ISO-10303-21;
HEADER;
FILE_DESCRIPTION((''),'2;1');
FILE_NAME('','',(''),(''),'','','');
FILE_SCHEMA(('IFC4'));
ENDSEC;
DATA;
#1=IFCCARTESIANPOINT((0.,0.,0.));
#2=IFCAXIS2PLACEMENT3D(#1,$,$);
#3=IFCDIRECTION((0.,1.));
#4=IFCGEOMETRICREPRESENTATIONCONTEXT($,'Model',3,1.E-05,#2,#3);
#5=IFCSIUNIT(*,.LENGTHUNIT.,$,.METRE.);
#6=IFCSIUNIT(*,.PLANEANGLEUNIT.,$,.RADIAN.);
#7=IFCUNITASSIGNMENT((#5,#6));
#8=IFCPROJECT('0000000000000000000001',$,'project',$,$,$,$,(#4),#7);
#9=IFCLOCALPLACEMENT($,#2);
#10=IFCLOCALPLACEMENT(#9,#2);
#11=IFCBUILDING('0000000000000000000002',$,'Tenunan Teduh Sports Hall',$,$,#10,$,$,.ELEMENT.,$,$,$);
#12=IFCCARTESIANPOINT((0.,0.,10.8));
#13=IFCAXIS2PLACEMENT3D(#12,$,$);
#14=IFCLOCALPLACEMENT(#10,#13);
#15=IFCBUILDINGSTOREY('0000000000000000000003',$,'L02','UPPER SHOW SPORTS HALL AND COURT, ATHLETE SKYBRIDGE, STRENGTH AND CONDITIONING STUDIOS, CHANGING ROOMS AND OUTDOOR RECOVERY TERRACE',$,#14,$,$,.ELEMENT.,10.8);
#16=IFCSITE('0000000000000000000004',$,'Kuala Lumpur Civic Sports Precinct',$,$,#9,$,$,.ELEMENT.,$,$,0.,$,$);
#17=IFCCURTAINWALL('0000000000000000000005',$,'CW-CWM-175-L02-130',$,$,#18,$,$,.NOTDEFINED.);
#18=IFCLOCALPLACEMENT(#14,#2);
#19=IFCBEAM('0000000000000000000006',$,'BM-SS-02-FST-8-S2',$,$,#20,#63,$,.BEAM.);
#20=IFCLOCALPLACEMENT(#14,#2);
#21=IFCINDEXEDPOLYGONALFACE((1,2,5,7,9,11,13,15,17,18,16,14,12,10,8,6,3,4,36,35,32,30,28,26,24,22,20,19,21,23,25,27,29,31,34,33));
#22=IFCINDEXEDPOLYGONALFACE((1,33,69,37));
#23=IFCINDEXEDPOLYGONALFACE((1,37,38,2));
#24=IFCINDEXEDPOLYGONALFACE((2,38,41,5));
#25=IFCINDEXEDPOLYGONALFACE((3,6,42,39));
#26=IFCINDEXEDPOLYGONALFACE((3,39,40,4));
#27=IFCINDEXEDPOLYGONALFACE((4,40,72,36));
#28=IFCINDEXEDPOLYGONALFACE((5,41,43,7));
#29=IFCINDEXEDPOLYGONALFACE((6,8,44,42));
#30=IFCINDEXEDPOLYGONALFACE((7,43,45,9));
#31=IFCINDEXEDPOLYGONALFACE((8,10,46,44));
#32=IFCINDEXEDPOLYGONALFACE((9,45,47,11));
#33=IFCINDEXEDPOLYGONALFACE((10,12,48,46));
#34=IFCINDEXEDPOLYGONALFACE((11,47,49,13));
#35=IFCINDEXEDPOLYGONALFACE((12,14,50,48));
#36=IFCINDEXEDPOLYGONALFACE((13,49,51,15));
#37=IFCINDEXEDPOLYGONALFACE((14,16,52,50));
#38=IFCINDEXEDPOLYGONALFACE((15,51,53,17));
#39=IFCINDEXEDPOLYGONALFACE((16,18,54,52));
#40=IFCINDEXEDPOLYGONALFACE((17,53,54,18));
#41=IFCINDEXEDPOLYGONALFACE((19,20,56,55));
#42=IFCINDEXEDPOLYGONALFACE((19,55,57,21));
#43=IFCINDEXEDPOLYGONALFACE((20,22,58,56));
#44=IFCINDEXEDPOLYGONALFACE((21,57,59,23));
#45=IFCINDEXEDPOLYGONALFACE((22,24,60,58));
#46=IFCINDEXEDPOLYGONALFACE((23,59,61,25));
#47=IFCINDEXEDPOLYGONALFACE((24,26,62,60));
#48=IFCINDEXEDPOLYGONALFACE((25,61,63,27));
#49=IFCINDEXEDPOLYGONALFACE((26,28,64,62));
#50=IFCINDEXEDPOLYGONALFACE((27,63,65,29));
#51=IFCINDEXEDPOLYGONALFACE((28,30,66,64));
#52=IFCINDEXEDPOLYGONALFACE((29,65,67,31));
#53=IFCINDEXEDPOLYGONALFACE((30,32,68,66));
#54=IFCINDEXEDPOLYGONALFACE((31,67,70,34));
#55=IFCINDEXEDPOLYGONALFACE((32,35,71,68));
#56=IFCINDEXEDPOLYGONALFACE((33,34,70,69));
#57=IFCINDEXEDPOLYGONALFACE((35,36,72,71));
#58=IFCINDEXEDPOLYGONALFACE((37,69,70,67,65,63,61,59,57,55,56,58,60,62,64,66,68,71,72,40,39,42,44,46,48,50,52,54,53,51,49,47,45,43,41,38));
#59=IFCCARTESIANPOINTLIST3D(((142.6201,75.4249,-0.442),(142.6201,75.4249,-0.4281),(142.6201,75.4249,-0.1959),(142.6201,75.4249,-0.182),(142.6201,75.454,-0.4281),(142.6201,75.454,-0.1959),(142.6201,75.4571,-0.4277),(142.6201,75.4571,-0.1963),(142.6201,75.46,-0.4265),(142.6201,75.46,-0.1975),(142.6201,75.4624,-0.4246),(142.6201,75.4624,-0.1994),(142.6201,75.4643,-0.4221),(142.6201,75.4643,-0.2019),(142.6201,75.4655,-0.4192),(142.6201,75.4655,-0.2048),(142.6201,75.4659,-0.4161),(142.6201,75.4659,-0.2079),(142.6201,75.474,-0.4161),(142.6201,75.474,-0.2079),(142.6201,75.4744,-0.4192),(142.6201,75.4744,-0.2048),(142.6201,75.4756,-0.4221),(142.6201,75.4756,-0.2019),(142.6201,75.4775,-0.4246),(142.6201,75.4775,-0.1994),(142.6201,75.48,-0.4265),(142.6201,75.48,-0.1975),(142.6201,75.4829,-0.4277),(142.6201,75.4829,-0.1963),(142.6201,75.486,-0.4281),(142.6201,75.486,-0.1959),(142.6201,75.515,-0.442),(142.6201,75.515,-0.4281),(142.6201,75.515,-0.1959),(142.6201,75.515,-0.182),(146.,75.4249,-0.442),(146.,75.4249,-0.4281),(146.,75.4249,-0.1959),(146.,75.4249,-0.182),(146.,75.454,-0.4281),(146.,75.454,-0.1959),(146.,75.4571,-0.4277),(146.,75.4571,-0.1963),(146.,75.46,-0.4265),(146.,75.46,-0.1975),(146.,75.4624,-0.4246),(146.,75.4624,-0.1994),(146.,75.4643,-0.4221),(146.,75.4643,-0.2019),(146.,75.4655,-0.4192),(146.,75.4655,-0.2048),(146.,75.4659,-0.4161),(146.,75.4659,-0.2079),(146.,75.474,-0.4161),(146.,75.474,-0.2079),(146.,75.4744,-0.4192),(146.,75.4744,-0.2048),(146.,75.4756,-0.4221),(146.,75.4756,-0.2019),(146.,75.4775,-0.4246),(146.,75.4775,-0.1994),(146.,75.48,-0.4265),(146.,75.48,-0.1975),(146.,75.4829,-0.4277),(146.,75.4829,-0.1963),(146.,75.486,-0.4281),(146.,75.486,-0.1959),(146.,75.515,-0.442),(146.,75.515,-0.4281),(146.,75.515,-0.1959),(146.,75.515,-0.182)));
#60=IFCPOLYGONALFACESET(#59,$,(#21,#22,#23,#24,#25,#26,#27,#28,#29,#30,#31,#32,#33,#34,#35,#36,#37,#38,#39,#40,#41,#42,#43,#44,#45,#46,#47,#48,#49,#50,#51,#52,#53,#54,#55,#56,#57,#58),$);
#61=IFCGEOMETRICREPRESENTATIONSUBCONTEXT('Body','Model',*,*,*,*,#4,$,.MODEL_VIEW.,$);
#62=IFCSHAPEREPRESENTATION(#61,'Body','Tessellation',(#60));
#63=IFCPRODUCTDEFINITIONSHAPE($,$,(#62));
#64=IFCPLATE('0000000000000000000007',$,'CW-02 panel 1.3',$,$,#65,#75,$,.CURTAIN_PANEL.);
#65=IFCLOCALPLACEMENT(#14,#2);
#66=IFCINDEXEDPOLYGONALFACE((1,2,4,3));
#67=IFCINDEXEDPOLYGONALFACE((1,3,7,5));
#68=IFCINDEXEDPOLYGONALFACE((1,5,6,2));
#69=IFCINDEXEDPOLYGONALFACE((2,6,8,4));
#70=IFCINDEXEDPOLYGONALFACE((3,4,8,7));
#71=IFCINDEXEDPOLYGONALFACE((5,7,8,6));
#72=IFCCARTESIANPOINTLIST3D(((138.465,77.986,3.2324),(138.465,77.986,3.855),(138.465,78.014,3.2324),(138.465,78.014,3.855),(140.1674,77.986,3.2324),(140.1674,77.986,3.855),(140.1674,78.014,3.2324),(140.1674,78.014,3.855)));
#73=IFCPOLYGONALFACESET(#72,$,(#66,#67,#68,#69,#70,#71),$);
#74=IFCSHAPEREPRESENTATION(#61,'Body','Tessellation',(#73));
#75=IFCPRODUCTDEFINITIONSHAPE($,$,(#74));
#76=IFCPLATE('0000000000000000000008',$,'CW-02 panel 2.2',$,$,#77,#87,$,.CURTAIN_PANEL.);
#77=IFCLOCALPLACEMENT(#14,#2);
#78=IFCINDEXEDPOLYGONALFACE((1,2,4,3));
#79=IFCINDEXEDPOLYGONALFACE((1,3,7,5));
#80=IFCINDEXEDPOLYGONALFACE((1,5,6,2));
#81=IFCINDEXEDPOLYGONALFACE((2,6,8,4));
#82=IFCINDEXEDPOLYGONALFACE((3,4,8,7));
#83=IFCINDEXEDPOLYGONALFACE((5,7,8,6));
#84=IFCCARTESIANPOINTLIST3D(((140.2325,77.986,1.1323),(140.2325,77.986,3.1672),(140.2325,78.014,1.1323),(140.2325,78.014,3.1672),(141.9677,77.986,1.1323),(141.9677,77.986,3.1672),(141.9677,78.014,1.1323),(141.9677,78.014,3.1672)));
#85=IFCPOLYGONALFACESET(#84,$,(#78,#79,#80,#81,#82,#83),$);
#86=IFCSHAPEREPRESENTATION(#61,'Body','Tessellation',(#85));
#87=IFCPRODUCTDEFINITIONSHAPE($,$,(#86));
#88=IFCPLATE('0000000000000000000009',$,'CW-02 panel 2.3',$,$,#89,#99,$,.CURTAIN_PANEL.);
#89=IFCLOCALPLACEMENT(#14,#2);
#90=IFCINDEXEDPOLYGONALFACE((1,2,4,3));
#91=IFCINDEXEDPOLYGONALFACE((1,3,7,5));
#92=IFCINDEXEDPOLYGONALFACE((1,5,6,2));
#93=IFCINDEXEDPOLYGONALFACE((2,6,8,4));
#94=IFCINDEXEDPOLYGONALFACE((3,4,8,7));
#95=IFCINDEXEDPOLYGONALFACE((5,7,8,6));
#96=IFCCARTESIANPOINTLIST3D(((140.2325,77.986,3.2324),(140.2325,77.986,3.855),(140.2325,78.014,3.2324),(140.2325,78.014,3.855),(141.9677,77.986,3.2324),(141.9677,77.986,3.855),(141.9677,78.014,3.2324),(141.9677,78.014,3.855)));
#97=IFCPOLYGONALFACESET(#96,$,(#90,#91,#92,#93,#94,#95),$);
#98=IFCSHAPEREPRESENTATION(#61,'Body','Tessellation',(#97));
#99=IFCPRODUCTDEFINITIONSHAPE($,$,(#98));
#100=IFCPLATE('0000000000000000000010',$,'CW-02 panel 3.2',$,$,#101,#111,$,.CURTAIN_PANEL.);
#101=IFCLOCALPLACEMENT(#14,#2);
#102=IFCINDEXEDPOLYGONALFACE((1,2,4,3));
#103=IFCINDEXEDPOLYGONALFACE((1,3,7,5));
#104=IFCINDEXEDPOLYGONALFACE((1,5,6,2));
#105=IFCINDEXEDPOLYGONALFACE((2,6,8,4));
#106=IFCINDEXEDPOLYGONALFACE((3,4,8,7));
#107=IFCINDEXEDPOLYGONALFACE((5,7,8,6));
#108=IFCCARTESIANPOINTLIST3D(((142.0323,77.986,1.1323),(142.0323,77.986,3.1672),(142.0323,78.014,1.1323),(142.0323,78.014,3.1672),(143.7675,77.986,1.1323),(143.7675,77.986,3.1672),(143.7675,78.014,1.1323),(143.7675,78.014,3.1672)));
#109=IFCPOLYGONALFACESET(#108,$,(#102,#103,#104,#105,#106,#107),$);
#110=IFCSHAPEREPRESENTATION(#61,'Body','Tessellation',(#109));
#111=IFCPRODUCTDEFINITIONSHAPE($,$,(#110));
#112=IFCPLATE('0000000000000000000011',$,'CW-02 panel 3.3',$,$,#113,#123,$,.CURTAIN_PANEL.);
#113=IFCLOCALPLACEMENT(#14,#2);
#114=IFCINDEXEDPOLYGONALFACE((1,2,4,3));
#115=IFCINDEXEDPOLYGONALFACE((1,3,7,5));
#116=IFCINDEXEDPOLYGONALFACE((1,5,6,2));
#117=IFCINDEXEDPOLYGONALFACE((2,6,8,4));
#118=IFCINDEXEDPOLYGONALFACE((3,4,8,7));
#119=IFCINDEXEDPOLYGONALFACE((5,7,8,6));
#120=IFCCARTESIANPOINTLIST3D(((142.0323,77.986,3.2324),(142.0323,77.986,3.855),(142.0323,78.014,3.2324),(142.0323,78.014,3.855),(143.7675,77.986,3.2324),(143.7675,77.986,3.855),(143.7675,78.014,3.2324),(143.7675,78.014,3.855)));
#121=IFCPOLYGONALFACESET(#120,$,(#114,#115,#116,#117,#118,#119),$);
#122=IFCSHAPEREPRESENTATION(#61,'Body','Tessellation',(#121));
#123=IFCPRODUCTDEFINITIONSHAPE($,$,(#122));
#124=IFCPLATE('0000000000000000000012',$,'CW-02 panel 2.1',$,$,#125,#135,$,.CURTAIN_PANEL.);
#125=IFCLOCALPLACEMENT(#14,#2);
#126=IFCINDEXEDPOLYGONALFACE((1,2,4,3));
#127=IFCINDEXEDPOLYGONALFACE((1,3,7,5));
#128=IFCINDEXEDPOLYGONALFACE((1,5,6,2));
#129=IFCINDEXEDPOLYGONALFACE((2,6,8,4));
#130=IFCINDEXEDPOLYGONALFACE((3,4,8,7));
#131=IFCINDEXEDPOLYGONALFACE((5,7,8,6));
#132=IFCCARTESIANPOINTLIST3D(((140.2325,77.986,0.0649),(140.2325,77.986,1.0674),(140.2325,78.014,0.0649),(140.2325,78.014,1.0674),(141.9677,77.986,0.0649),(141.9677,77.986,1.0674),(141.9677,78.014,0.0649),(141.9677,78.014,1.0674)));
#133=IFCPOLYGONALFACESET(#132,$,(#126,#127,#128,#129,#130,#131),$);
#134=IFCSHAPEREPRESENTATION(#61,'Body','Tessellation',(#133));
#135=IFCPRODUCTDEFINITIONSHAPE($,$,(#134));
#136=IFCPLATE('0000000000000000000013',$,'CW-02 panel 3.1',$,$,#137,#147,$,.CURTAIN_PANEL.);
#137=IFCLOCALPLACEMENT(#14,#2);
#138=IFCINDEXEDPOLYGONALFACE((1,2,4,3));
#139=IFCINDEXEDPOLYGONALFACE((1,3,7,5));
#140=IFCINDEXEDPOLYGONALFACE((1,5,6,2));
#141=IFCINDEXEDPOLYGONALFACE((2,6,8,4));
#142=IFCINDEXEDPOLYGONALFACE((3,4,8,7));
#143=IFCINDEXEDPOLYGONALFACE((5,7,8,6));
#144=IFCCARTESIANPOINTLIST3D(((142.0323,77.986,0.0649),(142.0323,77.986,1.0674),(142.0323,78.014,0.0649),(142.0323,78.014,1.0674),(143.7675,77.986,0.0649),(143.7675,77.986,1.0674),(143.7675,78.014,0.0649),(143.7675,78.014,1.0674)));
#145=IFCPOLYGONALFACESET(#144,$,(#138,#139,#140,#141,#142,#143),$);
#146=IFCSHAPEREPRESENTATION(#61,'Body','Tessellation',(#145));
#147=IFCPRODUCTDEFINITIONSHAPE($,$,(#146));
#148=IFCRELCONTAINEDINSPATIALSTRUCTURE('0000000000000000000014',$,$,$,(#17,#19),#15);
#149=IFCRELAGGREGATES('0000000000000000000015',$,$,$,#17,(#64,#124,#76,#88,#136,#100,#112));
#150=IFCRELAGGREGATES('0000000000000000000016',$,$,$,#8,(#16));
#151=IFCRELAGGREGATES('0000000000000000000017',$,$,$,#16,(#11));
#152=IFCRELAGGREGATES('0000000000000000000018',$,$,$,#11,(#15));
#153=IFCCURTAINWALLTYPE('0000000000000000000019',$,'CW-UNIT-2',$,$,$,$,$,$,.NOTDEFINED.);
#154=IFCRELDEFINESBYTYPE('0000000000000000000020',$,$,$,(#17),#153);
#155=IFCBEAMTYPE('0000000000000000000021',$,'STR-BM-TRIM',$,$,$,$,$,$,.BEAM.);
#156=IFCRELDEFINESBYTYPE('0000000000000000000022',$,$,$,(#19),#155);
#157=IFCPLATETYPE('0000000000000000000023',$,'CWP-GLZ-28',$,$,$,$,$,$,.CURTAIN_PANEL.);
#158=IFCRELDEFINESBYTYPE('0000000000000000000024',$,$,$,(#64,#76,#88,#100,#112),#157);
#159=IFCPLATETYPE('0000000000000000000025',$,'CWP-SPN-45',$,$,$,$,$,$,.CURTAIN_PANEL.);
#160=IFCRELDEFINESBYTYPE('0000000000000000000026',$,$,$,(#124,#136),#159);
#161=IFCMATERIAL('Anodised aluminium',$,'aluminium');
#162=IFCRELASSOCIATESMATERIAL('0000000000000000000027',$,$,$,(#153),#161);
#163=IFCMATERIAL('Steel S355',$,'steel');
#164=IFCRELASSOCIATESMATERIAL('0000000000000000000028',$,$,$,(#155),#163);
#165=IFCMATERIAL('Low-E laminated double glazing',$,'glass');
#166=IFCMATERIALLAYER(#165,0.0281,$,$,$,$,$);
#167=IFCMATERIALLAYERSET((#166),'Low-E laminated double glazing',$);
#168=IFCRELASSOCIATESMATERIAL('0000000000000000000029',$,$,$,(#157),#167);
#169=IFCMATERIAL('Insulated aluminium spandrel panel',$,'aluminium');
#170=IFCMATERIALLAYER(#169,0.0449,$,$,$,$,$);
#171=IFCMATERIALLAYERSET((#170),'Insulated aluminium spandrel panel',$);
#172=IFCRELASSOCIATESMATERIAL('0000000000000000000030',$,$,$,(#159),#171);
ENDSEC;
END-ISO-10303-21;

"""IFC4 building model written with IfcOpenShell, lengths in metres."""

from ifc_helpers import new_model, si_unit, direction, frame, origin, origin_2d, place, context, subcontext, project, spatial, rectangle, i_section, extrude, material, layer, layer_set, material_profile, profile_set, type_object, element, aggregate, save


model = new_model("IFC4")

# Units and contexts
model_context = context("Model", 3, precision=1e-05, world=origin(), true_north=direction((0.0, 1.0)))
body_context = subcontext(model_context, "Body", "Model", "MODEL_VIEW")
ifc_project = project(units=[si_unit("LENGTHUNIT", "METRE"), si_unit("PLANEANGLEUNIT", "RADIAN")], contexts=[model_context])

# Site, building, storey
site_placement = place(None, origin())
site = spatial("IfcSite", under=ifc_project, at=site_placement, Name="Kuala Lumpur Civic Sports Precinct", CompositionType="ELEMENT", RefElevation=0.0)
building_placement = place(site_placement, origin())
building = spatial("IfcBuilding", under=site, at=building_placement, Name="Tenunan Teduh Sports Hall", CompositionType="ELEMENT")
storey_placement = place(building_placement, frame((0.0, 0.0, 10.8)))
storey = spatial("IfcBuildingStorey", under=building, at=storey_placement, Name="L02", Description="UPPER SHOW SPORTS HALL AND COURT, ATHLETE SKYBRIDGE, STRENGTH AND CONDITIONING STUDIOS, CHANGING ROOMS AND OUTDOOR RECOVERY TERRACE", CompositionType="ELEMENT", Elevation=10.8)

# Curtain wall
ifc_material_1 = material(Name="Anodised aluminium", Category="aluminium")
curtain_wall_type = type_object("IfcCurtainWallType", Name="CW-UNIT-2", PredefinedType="NOTDEFINED", material=ifc_material_1)
curtain_wall_placement = place(storey_placement, origin())
curtain_wall = element("IfcCurtainWall", 1, at=curtain_wall_placement, inside=storey, type_object=curtain_wall_type, Name="CW-CWM-175-L02-130", PredefinedType="NOTDEFINED")

# Beam
ifc_material_2 = material(Name="Steel S355", Category="steel")
ifc_material_profile_1 = material_profile(ifc_material_2, i_section(OverallWidth=0.0901, OverallDepth=0.26, WebThickness=0.0081, FlangeThickness=0.0139, FilletRadius=0.012, at=origin_2d()), Name="PFC 260x90")
ifc_profile_set_1 = profile_set([ifc_material_profile_1], Name="Steel S355")
beam_type = type_object("IfcBeamType", Name="STR-BM-TRIM", PredefinedType="BEAM", material=ifc_profile_set_1)
beam_placement = place(storey_placement, frame((142.6201, 75.47, -0.312), z_axis=(1.0, 0.0, 0.0), x_axis=(0.0, 1.0, 0.0)))
element("IfcBeam", 2, at=beam_placement, inside=storey, type_object=beam_type, Name="BM-SS-02-FST-8-S2", PredefinedType="BEAM", context=body_context, shape_type="SweptSolid", body=[
    extrude(i_section(OverallWidth=0.0901, OverallDepth=0.26, WebThickness=0.0081, FlangeThickness=0.0139, FilletRadius=0.012, at=origin_2d()), origin(), (0.0, 0.0, 1.0), 3.3799),
])

# Plates
ifc_material_3 = material(Name="Low-E laminated double glazing", Category="glass")
ifc_layer_1 = layer(ifc_material_3, 0.0281)
ifc_layer_set_1 = layer_set([ifc_layer_1], Name="Low-E laminated double glazing")
plate_type_1 = type_object("IfcPlateType", Name="CWP-GLZ-28", PredefinedType="CURTAIN_PANEL", material=ifc_layer_set_1)
plate_1_placement = place(storey_placement, frame((139.3162, 78.0, 3.2324), z_axis=(0.0, 0.0, 1.0), x_axis=(1.0, 0.0, 0.0)))
plate_1 = element("IfcPlate", 3, at=plate_1_placement, type_object=plate_type_1, Name="CW-02 panel 1.3", PredefinedType="CURTAIN_PANEL", context=body_context, shape_type="SweptSolid", body=[
    extrude(rectangle(XDim=1.7024, YDim=0.0281, at=origin_2d()), origin(), (0.0, 0.0, 1.0), 0.6226),
])
plate_2_placement = place(storey_placement, frame((141.1001, 78.0, 1.1323), z_axis=(0.0, 0.0, 1.0), x_axis=(1.0, 0.0, 0.0)))
plate_2 = element("IfcPlate", 4, at=plate_2_placement, type_object=plate_type_1, Name="CW-02 panel 2.2", PredefinedType="CURTAIN_PANEL", context=body_context, shape_type="SweptSolid", body=[
    extrude(rectangle(XDim=1.7351, YDim=0.0281, at=origin_2d()), origin(), (0.0, 0.0, 1.0), 2.0349),
])
plate_3_placement = place(storey_placement, frame((141.1001, 78.0, 3.2324), z_axis=(0.0, 0.0, 1.0), x_axis=(1.0, 0.0, 0.0)))
plate_3 = element("IfcPlate", 5, at=plate_3_placement, type_object=plate_type_1, Name="CW-02 panel 2.3", PredefinedType="CURTAIN_PANEL", context=body_context, shape_type="SweptSolid", body=[
    extrude(rectangle(XDim=1.7351, YDim=0.0281, at=origin_2d()), origin(), (0.0, 0.0, 1.0), 0.6226),
])
plate_4_placement = place(storey_placement, frame((142.8999, 78.0, 1.1323), z_axis=(0.0, 0.0, 1.0), x_axis=(1.0, 0.0, 0.0)))
plate_4 = element("IfcPlate", 6, at=plate_4_placement, type_object=plate_type_1, Name="CW-02 panel 3.2", PredefinedType="CURTAIN_PANEL", context=body_context, shape_type="SweptSolid", body=[
    extrude(rectangle(XDim=1.7351, YDim=0.0281, at=origin_2d()), origin(), (0.0, 0.0, 1.0), 2.0349),
])
plate_5_placement = place(storey_placement, frame((142.8999, 78.0, 3.2324), z_axis=(0.0, 0.0, 1.0), x_axis=(1.0, 0.0, 0.0)))
plate_5 = element("IfcPlate", 7, at=plate_5_placement, type_object=plate_type_1, Name="CW-02 panel 3.3", PredefinedType="CURTAIN_PANEL", context=body_context, shape_type="SweptSolid", body=[
    extrude(rectangle(XDim=1.7351, YDim=0.0281, at=origin_2d()), origin(), (0.0, 0.0, 1.0), 0.6226),
])
ifc_material_4 = material(Name="Insulated aluminium spandrel panel", Category="aluminium")
ifc_layer_2 = layer(ifc_material_4, 0.0449)
ifc_layer_set_2 = layer_set([ifc_layer_2], Name="Insulated aluminium spandrel panel")
plate_type_2 = type_object("IfcPlateType", Name="CWP-SPN-45", PredefinedType="CURTAIN_PANEL", material=ifc_layer_set_2)
plate_6_placement = place(storey_placement, frame((141.1001, 78.0, 0.0649), z_axis=(0.0, 0.0, 1.0), x_axis=(1.0, 0.0, 0.0)))
plate_6 = element("IfcPlate", 8, at=plate_6_placement, type_object=plate_type_2, Name="CW-02 panel 2.1", PredefinedType="CURTAIN_PANEL", context=body_context, shape_type="SweptSolid", body=[
    extrude(rectangle(XDim=1.7351, YDim=0.0281, at=origin_2d()), origin(), (0.0, 0.0, 1.0), 1.0024),
])
plate_7_placement = place(storey_placement, frame((142.8999, 78.0, 0.0649), z_axis=(0.0, 0.0, 1.0), x_axis=(1.0, 0.0, 0.0)))
plate_7 = element("IfcPlate", 9, at=plate_7_placement, type_object=plate_type_2, Name="CW-02 panel 3.1", PredefinedType="CURTAIN_PANEL", context=body_context, shape_type="SweptSolid", body=[
    extrude(rectangle(XDim=1.7351, YDim=0.0281, at=origin_2d()), origin(), (0.0, 0.0, 1.0), 1.0024),
])
aggregate(curtain_wall, [plate_1, plate_6, plate_2, plate_3, plate_7, plate_4, plate_5])

save(model, "model.ifc")
